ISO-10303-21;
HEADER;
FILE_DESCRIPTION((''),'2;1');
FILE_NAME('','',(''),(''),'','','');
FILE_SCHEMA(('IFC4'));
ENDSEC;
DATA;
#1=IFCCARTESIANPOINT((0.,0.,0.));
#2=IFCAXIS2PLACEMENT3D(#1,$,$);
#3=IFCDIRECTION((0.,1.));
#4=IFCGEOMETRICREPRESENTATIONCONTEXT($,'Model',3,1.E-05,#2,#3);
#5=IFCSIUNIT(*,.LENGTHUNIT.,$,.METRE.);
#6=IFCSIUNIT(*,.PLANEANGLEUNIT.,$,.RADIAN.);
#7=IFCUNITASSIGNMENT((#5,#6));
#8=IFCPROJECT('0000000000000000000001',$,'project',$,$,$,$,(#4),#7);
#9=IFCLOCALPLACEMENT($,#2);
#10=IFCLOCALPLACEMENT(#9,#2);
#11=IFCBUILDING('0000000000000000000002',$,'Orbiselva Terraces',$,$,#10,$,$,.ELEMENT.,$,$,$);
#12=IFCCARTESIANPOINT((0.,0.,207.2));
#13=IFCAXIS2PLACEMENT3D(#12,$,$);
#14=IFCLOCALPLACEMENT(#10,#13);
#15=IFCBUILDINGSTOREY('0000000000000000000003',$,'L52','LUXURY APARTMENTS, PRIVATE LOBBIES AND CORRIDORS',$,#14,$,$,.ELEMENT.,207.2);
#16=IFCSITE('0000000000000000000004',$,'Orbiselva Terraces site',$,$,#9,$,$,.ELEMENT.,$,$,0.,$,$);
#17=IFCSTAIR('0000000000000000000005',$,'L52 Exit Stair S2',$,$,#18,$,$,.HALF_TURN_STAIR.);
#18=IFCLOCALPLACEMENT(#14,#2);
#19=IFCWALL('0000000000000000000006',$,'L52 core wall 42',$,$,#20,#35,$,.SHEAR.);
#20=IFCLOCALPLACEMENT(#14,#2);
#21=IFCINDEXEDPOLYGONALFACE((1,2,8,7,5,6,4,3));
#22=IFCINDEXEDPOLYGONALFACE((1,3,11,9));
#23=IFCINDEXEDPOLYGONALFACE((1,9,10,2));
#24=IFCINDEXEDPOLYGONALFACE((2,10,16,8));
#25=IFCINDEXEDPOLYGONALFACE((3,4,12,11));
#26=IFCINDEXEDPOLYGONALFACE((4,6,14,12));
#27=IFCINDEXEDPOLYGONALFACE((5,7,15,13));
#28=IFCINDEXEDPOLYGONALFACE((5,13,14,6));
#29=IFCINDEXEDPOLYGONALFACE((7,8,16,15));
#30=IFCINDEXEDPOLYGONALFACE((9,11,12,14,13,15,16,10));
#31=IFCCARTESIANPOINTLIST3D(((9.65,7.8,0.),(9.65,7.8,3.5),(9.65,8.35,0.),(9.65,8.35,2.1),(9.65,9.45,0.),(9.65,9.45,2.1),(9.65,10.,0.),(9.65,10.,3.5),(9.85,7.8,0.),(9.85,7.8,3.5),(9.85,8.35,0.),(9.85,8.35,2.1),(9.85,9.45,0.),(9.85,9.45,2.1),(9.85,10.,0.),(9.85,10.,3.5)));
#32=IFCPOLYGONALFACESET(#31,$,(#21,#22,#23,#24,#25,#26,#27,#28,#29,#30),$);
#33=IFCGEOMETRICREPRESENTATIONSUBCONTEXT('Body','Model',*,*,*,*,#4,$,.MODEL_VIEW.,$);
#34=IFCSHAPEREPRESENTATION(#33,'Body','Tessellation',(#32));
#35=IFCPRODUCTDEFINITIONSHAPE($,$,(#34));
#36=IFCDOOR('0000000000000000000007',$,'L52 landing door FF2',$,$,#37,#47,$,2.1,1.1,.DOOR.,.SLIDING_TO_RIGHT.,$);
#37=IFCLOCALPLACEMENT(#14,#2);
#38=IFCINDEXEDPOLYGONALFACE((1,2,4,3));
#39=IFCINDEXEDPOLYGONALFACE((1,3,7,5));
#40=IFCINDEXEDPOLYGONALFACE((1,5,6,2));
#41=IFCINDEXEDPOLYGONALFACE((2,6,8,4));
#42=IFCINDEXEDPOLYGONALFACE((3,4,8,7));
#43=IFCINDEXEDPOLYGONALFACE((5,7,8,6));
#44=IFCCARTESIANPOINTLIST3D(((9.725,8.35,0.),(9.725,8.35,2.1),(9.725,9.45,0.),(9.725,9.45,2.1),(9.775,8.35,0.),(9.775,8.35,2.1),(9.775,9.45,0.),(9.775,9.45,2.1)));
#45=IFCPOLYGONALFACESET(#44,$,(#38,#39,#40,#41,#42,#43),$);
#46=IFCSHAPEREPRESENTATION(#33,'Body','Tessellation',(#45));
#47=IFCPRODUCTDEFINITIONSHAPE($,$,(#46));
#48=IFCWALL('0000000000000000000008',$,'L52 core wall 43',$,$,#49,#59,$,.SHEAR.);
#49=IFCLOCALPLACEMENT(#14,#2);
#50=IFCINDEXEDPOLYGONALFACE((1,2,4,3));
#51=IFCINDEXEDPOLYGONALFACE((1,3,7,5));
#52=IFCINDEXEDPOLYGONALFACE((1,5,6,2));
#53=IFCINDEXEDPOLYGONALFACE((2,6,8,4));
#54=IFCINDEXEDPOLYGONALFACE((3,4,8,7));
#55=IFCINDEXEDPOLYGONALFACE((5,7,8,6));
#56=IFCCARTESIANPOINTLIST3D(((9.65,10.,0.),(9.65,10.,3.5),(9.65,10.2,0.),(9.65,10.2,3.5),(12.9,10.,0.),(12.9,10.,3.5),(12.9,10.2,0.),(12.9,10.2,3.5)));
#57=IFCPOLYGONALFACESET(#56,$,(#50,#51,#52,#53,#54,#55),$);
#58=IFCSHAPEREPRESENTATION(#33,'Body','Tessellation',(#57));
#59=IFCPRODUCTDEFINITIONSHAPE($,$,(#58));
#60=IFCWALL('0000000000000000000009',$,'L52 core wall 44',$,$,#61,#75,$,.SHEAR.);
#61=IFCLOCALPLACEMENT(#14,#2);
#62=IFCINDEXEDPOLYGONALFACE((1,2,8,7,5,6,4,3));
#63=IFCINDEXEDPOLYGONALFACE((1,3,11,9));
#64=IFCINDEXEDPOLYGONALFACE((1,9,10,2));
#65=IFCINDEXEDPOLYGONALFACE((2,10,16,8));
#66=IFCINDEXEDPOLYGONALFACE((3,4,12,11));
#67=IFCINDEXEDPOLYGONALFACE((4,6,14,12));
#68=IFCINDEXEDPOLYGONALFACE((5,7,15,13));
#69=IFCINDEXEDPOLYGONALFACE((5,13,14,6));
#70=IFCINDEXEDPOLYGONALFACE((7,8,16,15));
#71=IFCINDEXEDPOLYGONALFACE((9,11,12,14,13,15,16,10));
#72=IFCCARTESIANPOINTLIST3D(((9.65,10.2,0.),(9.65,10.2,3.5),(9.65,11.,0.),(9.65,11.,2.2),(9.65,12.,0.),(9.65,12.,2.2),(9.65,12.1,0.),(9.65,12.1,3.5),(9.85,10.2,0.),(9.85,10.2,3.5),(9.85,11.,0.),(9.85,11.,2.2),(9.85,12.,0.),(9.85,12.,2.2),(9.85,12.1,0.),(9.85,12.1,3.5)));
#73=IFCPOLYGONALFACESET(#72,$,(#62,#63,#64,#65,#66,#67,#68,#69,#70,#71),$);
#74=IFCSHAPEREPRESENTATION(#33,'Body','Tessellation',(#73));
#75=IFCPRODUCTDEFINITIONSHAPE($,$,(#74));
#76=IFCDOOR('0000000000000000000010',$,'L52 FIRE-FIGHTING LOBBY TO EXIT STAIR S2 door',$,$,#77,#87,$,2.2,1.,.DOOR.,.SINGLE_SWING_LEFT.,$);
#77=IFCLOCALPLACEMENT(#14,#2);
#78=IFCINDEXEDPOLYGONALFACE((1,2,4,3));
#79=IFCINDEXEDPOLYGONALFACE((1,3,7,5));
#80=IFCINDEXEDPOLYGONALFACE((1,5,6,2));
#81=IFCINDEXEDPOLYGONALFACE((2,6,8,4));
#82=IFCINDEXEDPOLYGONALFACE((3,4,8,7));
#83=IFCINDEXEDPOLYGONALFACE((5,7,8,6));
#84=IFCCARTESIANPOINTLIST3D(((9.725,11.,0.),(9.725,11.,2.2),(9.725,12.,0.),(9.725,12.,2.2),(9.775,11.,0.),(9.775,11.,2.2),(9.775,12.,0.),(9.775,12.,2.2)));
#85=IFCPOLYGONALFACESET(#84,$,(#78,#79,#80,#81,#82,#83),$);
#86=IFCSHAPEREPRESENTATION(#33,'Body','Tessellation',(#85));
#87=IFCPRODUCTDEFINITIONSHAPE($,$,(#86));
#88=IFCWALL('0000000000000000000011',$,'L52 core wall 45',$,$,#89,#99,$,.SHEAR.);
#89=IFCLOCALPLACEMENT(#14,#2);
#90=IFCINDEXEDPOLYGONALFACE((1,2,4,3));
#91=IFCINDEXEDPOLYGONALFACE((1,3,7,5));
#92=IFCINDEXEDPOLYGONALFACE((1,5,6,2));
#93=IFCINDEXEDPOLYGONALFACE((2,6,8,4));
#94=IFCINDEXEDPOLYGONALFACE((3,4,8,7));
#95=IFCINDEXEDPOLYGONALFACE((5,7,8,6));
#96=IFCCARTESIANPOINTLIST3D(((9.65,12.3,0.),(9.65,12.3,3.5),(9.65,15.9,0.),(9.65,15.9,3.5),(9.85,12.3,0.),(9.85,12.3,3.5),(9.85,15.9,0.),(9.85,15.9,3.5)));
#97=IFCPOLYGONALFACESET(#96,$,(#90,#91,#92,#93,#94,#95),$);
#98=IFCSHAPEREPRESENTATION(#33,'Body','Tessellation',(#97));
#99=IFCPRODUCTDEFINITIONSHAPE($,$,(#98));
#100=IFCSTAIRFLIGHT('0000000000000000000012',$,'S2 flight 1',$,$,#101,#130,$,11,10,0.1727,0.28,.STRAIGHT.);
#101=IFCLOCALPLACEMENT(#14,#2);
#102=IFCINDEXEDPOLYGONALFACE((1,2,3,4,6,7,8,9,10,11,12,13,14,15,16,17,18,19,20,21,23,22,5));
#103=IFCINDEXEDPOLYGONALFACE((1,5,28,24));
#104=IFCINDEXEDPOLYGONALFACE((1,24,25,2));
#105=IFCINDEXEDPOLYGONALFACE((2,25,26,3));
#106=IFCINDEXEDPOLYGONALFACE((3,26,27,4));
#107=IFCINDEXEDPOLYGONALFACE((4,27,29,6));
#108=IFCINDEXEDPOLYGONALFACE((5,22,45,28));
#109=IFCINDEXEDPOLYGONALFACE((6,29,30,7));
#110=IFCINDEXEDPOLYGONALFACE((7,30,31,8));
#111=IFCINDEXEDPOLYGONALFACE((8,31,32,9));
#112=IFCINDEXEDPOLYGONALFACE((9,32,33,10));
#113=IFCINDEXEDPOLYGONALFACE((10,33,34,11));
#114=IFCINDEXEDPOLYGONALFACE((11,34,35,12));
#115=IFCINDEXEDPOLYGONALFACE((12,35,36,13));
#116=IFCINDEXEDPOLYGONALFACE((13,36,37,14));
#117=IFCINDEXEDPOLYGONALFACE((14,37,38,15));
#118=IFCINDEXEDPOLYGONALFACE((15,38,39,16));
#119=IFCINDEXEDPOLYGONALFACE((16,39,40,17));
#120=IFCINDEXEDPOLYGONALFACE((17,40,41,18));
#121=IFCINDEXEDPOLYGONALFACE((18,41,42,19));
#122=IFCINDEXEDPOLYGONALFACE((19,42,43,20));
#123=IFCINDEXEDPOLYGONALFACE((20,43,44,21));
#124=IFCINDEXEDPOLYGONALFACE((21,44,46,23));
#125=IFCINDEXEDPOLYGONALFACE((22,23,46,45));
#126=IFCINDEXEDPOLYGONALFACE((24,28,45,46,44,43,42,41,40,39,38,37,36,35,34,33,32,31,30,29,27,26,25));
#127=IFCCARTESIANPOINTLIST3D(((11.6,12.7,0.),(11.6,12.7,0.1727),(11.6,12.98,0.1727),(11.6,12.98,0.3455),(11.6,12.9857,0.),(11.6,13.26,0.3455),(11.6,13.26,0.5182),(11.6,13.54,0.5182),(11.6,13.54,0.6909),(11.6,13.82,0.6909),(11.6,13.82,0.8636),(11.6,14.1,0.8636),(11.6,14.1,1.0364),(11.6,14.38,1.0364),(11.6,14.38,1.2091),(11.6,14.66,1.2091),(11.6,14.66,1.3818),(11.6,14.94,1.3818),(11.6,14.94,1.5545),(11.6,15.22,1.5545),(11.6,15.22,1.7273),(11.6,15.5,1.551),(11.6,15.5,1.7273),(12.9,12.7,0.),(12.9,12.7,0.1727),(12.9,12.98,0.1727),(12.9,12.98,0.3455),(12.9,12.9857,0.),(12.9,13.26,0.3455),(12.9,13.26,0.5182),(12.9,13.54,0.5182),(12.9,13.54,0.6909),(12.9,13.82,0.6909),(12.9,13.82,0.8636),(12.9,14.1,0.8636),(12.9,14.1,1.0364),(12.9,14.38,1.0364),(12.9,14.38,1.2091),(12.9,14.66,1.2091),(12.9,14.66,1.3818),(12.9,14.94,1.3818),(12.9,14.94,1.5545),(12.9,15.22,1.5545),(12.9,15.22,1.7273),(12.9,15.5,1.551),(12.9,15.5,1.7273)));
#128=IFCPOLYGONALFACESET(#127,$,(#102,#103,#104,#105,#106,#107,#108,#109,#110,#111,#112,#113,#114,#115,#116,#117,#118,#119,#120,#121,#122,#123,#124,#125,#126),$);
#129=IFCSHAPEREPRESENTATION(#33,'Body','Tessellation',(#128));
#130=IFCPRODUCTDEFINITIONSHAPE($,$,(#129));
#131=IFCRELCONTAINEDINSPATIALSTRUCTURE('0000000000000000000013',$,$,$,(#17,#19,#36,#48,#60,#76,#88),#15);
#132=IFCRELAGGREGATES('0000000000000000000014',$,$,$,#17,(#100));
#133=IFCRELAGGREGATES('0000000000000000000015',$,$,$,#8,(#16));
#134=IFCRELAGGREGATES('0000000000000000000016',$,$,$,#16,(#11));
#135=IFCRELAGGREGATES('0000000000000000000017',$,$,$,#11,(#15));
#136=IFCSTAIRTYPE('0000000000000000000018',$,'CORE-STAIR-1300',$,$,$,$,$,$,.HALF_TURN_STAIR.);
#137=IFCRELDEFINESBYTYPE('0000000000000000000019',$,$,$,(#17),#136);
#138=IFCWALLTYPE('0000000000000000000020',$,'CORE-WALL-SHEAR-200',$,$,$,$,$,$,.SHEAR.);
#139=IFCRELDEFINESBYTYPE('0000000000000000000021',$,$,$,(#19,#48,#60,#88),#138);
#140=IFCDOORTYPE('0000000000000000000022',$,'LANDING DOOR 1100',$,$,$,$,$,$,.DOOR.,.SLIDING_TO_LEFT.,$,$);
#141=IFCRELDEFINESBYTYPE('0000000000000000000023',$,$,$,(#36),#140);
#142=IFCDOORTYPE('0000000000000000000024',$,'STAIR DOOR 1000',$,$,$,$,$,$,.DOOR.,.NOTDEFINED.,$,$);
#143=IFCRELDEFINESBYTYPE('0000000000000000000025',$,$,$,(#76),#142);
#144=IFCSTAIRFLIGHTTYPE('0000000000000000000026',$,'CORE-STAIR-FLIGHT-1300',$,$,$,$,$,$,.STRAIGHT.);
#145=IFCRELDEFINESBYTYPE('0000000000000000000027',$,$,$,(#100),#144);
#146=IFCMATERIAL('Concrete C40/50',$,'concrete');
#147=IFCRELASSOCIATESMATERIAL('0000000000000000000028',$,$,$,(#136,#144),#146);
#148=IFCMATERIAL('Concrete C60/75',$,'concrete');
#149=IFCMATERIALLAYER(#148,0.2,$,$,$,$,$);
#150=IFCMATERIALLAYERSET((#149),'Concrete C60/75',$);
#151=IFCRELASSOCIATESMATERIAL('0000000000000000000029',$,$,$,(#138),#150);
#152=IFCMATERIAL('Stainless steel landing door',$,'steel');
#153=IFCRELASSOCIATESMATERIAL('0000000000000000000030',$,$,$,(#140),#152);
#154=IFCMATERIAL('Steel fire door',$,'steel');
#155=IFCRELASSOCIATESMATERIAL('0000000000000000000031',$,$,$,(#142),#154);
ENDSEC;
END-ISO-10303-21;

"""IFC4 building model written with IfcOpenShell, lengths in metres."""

from ifc_helpers import new_model, si_unit, direction, frame, frame_2d, origin, place, context, subcontext, project, spatial, polyline, rectangle, outline, extrude, material, layer, layer_set, type_object, element, fill, aggregate, save


model = new_model("IFC4")

# Units and contexts
model_context = context("Model", 3, precision=1e-05, world=origin(), true_north=direction((0.0, 1.0)))
body_context = subcontext(model_context, "Body", "Model", "MODEL_VIEW")
ifc_project = project(units=[si_unit("LENGTHUNIT", "METRE"), si_unit("PLANEANGLEUNIT", "RADIAN")], contexts=[model_context])

# Site, building, storey
site_placement = place(None, origin())
site = spatial("IfcSite", under=ifc_project, at=site_placement, Name="Orbiselva Terraces site", CompositionType="ELEMENT", RefElevation=0.0)
building_placement = place(site_placement, origin())
building = spatial("IfcBuilding", under=site, at=building_placement, Name="Orbiselva Terraces", CompositionType="ELEMENT")
storey_placement = place(building_placement, frame((0.0, 0.0, 207.2)))
storey = spatial("IfcBuildingStorey", under=building, at=storey_placement, Name="L52", Description="LUXURY APARTMENTS, PRIVATE LOBBIES AND CORRIDORS", CompositionType="ELEMENT", Elevation=207.2)

# Stair
ifc_material_1 = material(Name="Concrete C40/50", Category="concrete")
stair_type_1 = type_object("IfcStairType", Name="CORE-STAIR-1300", PredefinedType="HALF_TURN_STAIR", material=ifc_material_1)
stair_1_placement = place(storey_placement, origin())
stair_1 = element("IfcStair", 1, at=stair_1_placement, inside=storey, type_object=stair_type_1, Name="L52 Exit Stair S2", PredefinedType="HALF_TURN_STAIR")

# Shared definitions
ifc_material_2 = material(Name="Steel fire door", Category="steel")

# Shared definitions
ifc_material_3 = material(Name="Concrete C60/75", Category="concrete")
ifc_layer_1 = layer(ifc_material_3, 0.2)
ifc_layer_set_1 = layer_set([ifc_layer_1], Name="Concrete C60/75")
wall_type_1 = type_object("IfcWallType", Name="CORE-WALL-SHEAR-200", PredefinedType="SHEAR", material=ifc_layer_set_1)

# Shared definitions
ifc_material_4 = material(Name="Stainless steel landing door", Category="steel")
door_type_1 = type_object("IfcDoorType", Name="LANDING DOOR 1100", OperationType="SLIDING_TO_LEFT", PredefinedType="DOOR", material=ifc_material_4)

# Wall, opening, door
wall_1_placement = place(storey_placement, frame((9.75, 7.8, 0.0), z_axis=(0.0, 0.0, 1.0), x_axis=(0.0, 1.0, 0.0)))
wall_1 = element("IfcWall", 2, at=wall_1_placement, inside=storey, type_object=wall_type_1, Name="L52 core wall 42", PredefinedType="SHEAR", context=body_context, shape_type="SweptSolid", body=[
    extrude(rectangle(XDim=2.2, YDim=0.2, at=frame_2d((1.1, 0.0))), origin(), (0.0, 0.0, 1.0), 3.5),
])
opening_1_placement = place(wall_1_placement, frame((0.55, 0.0, 0.0)))
opening_1 = element("IfcOpeningElement", 3, at=opening_1_placement, cuts=wall_1, PredefinedType="OPENING", context=body_context, shape_type="SweptSolid", body=[
    extrude(rectangle(XDim=1.1, YDim=2.1, at=frame_2d((0.55, 1.05))), frame((0.0, 0.11, 0.0), z_axis=(0.0, -1.0, 0.0), x_axis=(1.0, 0.0, 0.0)), (0.0, 0.0, 1.0), 0.22),
])
door_1_placement = place(opening_1_placement, origin())
door_1 = element("IfcDoor", 4, at=door_1_placement, inside=storey, type_object=door_type_1, Name="L52 landing door FF2", OperationType="SLIDING_TO_RIGHT", OverallHeight=2.1, OverallWidth=1.1, PredefinedType="DOOR", context=body_context, shape_type="SweptSolid", body=[
    extrude(rectangle(XDim=1.1, YDim=2.1, at=frame_2d((0.55, 1.05))), frame((0.0, 0.025, 0.0), z_axis=(0.0, -1.0, 0.0), x_axis=(1.0, 0.0, 0.0)), (0.0, 0.0, 1.0), 0.05),
])
fill(opening_1, door_1)

# Wall
wall_2_placement = place(storey_placement, frame((9.65, 10.1, 0.0), z_axis=(0.0, 0.0, 1.0), x_axis=(1.0, 0.0, 0.0)))
element("IfcWall", 5, at=wall_2_placement, inside=storey, type_object=wall_type_1, Name="L52 core wall 43", PredefinedType="SHEAR", context=body_context, shape_type="SweptSolid", body=[
    extrude(rectangle(XDim=3.25, YDim=0.2, at=frame_2d((1.625, 0.0))), origin(), (0.0, 0.0, 1.0), 3.5),
])

# Wall, opening, door
wall_3_placement = place(storey_placement, frame((9.75, 12.1, 0.0), z_axis=(0.0, 0.0, 1.0), x_axis=(0.0, -1.0, 0.0)))
wall_3 = element("IfcWall", 6, at=wall_3_placement, inside=storey, type_object=wall_type_1, Name="L52 core wall 44", PredefinedType="SHEAR", context=body_context, shape_type="SweptSolid", body=[
    extrude(rectangle(XDim=1.9, YDim=0.2, at=frame_2d((0.95, 0.0))), origin(), (0.0, 0.0, 1.0), 3.5),
])
opening_2_placement = place(wall_3_placement, frame((0.1, 0.0, 0.0)))
opening_2 = element("IfcOpeningElement", 7, at=opening_2_placement, cuts=wall_3, PredefinedType="OPENING", context=body_context, shape_type="SweptSolid", body=[
    extrude(rectangle(XDim=1.0, YDim=2.2, at=frame_2d((0.5, 1.1))), frame((0.0, 0.11, 0.0), z_axis=(0.0, -1.0, 0.0), x_axis=(1.0, 0.0, 0.0)), (0.0, 0.0, 1.0), 0.22),
])
door_type_2 = type_object("IfcDoorType", Name="STAIR DOOR 1000", OperationType="NOTDEFINED", PredefinedType="DOOR", material=ifc_material_2)
door_2_placement = place(opening_2_placement, origin())
door_2 = element("IfcDoor", 8, at=door_2_placement, inside=storey, type_object=door_type_2, Name="L52 FIRE-FIGHTING LOBBY TO EXIT STAIR S2 door", OperationType="SINGLE_SWING_LEFT", OverallHeight=2.2, OverallWidth=1.0, PredefinedType="DOOR", context=body_context, shape_type="SweptSolid", body=[
    extrude(rectangle(XDim=1.0, YDim=2.2, at=frame_2d((0.5, 1.1))), frame((0.0, 0.025, 0.0), z_axis=(0.0, -1.0, 0.0), x_axis=(1.0, 0.0, 0.0)), (0.0, 0.0, 1.0), 0.05),
])
fill(opening_2, door_2)

# Wall
wall_4_placement = place(storey_placement, frame((9.75, 12.3, 0.0), z_axis=(0.0, 0.0, 1.0), x_axis=(0.0, 1.0, 0.0)))
element("IfcWall", 9, at=wall_4_placement, inside=storey, type_object=wall_type_1, Name="L52 core wall 45", PredefinedType="SHEAR", context=body_context, shape_type="SweptSolid", body=[
    extrude(rectangle(XDim=3.6, YDim=0.2, at=frame_2d((1.8, 0.0))), origin(), (0.0, 0.0, 1.0), 3.5),
])

# Stair flight
stair_flight_type = type_object("IfcStairFlightType", Name="CORE-STAIR-FLIGHT-1300", PredefinedType="STRAIGHT", material=ifc_material_1)
stair_flight_placement = place(storey_placement, frame((12.25, 12.7, 0.0), z_axis=(0.0, 0.0, 1.0), x_axis=(0.0, 1.0, 0.0)))
stair_flight = element("IfcStairFlight", 10, at=stair_flight_placement, type_object=stair_flight_type, Name="S2 flight 1", NumberOfRisers=11, NumberOfTreads=10, PredefinedType="STRAIGHT", RiserHeight=0.1727, TreadLength=0.28, context=body_context, shape_type="SweptSolid", body=[
    extrude(outline(polyline([(0.0, 0.0), (0.0, 0.1727), (0.28, 0.1727), (0.28, 0.3455), (0.56, 0.3455), (0.56, 0.5182), (0.84, 0.5182), (0.84, 0.6909), (1.12, 0.6909), (1.12, 0.8636), (1.4, 0.8636), (1.4, 1.0364), (1.68, 1.0364), (1.68, 1.2091), (1.96, 1.2091), (1.96, 1.3818), (2.24, 1.3818), (2.24, 1.5545), (2.52, 1.5545), (2.52, 1.7273), (2.8, 1.7273), (2.8, 1.9), (2.8, 1.551), (0.2857, 0.0), (0.0, 0.0)])), frame((0.0, 0.65, 0.0), z_axis=(0.0, -1.0, 0.0), x_axis=(1.0, 0.0, 0.0)), (0.0, 0.0, 1.0), 1.3),
])
aggregate(stair_1, [stair_flight])

save(model, "model.ifc")
